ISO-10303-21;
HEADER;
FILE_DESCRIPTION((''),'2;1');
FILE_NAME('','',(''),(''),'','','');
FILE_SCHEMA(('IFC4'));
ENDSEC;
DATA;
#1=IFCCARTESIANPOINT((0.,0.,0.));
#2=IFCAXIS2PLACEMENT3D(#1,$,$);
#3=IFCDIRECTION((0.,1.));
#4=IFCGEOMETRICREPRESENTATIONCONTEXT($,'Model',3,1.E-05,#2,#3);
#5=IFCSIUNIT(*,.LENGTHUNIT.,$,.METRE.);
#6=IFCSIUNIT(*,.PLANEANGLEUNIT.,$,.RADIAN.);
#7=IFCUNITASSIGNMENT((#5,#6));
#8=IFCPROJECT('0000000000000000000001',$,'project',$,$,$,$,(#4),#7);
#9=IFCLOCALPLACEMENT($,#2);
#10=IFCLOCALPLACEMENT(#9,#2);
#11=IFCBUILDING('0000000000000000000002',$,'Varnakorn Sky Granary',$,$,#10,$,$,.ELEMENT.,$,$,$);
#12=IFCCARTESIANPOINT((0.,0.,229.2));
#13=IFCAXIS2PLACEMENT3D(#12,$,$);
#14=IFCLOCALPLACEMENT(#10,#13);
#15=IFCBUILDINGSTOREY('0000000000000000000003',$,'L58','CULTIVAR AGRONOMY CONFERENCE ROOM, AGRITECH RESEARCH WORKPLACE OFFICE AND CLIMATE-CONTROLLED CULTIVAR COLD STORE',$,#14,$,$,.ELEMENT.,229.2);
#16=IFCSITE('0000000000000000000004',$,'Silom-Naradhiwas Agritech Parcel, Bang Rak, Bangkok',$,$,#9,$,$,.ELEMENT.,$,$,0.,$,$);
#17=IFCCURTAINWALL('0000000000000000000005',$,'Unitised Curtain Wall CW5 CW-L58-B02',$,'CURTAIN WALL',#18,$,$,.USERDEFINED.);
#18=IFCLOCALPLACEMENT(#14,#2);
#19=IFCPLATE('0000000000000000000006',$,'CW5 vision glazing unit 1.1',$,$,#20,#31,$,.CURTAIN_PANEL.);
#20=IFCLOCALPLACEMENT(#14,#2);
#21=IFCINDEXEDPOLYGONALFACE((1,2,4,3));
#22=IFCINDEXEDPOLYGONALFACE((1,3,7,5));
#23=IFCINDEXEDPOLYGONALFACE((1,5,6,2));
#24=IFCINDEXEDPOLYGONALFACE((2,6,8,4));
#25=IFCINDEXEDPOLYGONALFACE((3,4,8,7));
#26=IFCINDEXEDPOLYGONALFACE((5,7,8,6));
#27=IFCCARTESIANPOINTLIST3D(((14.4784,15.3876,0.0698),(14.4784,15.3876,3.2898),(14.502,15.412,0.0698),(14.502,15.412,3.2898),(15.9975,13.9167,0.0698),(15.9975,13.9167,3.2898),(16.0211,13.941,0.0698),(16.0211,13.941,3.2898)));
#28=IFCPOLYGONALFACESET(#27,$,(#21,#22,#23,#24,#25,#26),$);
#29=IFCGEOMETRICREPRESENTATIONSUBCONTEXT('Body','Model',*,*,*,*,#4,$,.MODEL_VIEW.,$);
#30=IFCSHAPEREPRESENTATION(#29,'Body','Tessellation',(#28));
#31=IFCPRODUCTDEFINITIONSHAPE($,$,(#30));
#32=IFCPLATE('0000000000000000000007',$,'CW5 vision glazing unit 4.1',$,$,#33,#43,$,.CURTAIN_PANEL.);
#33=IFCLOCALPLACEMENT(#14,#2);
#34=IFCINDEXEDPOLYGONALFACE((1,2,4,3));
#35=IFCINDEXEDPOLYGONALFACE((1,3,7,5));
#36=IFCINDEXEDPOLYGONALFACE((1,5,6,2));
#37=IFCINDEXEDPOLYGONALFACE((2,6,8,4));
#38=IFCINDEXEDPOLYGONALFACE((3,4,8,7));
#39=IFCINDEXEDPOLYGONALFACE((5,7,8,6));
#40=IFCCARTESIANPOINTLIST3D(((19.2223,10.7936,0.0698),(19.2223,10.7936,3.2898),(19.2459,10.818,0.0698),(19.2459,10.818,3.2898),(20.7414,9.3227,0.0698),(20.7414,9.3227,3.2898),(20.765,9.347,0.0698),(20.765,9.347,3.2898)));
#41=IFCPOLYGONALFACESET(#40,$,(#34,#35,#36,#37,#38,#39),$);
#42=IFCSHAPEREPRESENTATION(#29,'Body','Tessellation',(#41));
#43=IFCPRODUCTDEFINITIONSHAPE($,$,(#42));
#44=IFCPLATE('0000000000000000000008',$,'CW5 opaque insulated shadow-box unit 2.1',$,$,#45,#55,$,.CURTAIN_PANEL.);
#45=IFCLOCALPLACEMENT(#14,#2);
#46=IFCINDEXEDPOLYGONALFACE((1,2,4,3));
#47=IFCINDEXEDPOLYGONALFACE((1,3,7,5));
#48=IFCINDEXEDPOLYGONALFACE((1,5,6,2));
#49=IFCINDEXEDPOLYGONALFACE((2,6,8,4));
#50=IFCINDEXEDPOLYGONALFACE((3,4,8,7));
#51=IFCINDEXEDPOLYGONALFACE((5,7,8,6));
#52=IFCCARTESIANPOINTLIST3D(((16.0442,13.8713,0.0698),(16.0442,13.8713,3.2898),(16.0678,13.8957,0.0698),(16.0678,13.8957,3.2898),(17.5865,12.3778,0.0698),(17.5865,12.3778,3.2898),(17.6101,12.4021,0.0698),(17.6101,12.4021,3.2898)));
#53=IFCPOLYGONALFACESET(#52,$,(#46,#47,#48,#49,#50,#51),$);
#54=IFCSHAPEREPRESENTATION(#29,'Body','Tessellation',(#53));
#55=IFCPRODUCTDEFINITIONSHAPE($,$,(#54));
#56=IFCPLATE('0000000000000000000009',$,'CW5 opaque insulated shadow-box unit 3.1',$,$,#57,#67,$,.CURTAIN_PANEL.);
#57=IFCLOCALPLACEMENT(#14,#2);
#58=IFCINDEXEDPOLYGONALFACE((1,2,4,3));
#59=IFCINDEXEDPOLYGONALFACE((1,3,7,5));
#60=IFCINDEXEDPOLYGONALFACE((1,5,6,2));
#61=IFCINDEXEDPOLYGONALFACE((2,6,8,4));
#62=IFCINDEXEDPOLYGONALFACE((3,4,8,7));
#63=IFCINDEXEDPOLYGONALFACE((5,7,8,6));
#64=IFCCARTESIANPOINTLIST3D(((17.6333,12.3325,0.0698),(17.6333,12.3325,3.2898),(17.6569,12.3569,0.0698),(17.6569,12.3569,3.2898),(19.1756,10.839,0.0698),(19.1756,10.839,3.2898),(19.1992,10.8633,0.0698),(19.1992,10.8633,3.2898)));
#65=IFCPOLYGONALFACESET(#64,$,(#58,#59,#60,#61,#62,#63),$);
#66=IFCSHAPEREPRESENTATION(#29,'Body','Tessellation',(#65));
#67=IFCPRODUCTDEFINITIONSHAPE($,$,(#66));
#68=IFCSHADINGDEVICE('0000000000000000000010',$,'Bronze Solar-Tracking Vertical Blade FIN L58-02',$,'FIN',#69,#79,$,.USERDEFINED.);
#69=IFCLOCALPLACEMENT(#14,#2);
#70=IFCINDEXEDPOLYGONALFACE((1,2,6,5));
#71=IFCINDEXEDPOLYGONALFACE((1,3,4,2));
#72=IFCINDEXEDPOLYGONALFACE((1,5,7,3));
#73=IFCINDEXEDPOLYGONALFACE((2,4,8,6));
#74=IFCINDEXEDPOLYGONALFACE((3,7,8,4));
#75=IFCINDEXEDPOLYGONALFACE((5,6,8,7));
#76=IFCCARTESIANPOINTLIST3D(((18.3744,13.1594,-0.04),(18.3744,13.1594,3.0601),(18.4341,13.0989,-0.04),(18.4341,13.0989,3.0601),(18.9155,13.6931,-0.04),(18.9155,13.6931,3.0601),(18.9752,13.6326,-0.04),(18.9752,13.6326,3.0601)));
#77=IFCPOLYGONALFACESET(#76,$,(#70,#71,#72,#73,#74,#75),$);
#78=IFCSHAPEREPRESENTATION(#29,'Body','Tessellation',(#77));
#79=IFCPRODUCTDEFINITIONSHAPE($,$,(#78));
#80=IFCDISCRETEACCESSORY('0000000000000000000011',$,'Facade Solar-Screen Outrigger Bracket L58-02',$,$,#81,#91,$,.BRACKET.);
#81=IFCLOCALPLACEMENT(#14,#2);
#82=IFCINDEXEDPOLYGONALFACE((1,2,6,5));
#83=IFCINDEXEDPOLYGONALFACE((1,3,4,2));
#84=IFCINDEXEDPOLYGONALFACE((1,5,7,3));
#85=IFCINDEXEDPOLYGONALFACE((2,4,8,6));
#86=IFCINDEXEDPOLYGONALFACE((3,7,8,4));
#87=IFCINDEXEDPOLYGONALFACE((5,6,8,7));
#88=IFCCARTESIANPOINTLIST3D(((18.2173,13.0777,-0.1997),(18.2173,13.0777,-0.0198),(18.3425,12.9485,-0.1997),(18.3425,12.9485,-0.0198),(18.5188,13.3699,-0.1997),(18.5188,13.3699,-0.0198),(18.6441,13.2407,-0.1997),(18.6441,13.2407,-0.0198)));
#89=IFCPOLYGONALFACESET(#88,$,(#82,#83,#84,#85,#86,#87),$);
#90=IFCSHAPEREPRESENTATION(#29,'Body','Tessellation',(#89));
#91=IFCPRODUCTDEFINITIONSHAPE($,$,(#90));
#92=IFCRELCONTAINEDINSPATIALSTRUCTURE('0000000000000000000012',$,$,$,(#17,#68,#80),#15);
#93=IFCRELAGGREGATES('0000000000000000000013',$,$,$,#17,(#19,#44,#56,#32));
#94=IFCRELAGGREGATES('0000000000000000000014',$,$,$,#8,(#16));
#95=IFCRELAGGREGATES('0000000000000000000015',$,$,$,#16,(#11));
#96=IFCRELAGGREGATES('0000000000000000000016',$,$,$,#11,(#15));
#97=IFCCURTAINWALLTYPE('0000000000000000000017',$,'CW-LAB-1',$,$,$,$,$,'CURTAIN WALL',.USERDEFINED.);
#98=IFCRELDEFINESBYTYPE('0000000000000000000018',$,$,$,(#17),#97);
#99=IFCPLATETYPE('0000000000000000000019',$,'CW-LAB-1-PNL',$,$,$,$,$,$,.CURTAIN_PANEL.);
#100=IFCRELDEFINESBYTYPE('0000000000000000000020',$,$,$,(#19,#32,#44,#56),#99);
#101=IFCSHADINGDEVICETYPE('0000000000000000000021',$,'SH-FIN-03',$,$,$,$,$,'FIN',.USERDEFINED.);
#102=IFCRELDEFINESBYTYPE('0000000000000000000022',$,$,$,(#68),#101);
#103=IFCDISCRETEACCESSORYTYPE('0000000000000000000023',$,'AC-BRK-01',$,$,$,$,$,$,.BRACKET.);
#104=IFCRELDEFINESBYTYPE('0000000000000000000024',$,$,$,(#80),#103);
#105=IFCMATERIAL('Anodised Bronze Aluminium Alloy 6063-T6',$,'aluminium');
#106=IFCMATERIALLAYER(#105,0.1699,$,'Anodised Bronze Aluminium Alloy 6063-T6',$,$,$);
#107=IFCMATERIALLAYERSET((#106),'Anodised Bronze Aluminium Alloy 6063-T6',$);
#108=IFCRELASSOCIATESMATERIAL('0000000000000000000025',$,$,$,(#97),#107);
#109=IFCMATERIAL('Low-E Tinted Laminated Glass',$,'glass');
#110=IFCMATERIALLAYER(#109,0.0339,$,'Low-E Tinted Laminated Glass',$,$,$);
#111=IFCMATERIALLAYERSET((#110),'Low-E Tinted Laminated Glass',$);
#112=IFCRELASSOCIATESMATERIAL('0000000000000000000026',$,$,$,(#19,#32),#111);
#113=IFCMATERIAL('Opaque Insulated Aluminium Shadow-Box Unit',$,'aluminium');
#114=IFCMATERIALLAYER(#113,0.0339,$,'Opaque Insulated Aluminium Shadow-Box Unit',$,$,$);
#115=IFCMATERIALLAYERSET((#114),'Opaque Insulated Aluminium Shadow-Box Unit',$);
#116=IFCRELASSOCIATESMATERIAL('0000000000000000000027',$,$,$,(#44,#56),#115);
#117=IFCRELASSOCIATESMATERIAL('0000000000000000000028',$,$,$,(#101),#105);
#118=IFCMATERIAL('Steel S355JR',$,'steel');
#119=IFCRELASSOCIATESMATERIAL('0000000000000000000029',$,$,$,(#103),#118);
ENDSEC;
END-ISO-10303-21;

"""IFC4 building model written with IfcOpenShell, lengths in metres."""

from ifc_helpers import new_model, si_unit, direction, frame, origin, origin_2d, place, context, subcontext, project, spatial, rectangle, extrude, source, transform, mapped, material, layer, layer_set, type_object, type_shapes, element, aggregate, save


model = new_model("IFC4")

# Units and contexts
model_context = context("Model", 3, precision=1e-05, world=origin(), true_north=direction((0.0, 1.0)))
body_context = subcontext(model_context, "Body", "Model", "MODEL_VIEW")
ifc_project = project(units=[si_unit("LENGTHUNIT", "METRE"), si_unit("PLANEANGLEUNIT", "RADIAN")], contexts=[model_context])

# Site, building, storey
site_placement = place(None, origin())
site = spatial("IfcSite", under=ifc_project, at=site_placement, Name="Silom-Naradhiwas Agritech Parcel, Bang Rak, Bangkok", CompositionType="ELEMENT", RefElevation=0.0)
building_placement = place(site_placement, origin())
building = spatial("IfcBuilding", under=site, at=building_placement, Name="Varnakorn Sky Granary", CompositionType="ELEMENT")
storey_placement = place(building_placement, frame((0.0, 0.0, 229.2)))
storey = spatial("IfcBuildingStorey", under=building, at=storey_placement, Name="L58", Description="CULTIVAR AGRONOMY CONFERENCE ROOM, AGRITECH RESEARCH WORKPLACE OFFICE AND CLIMATE-CONTROLLED CULTIVAR COLD STORE", CompositionType="ELEMENT", Elevation=229.2)

# Shared definitions
ifc_material_1 = material(Name="Steel S355JR", Category="steel")

# Curtain wall
ifc_material_2 = material(Name="Anodised Bronze Aluminium Alloy 6063-T6", Category="aluminium")
ifc_layer_1 = layer(ifc_material_2, 0.1699, Name="Anodised Bronze Aluminium Alloy 6063-T6")
ifc_layer_set_1 = layer_set([ifc_layer_1], Name="Anodised Bronze Aluminium Alloy 6063-T6")
curtain_wall_type = type_object("IfcCurtainWallType", Name="CW-LAB-1", ElementType="CURTAIN WALL", PredefinedType="USERDEFINED", material=ifc_layer_set_1)
curtain_wall_placement = place(storey_placement, origin())
curtain_wall = element("IfcCurtainWall", 1, at=curtain_wall_placement, inside=storey, type_object=curtain_wall_type, Name="Unitised Curtain Wall CW5 CW-L58-B02", ObjectType="CURTAIN WALL", PredefinedType="USERDEFINED")

# Plates
ifc_material_3 = material(Name="Low-E Tinted Laminated Glass", Category="glass")
ifc_layer_2 = layer(ifc_material_3, 0.0339, Name="Low-E Tinted Laminated Glass")
ifc_layer_set_2 = layer_set([ifc_layer_2], Name="Low-E Tinted Laminated Glass")
plate_type = type_object("IfcPlateType", Name="CW-LAB-1-PNL", PredefinedType="CURTAIN_PANEL")
shared_shape_1 = source(origin(), body_context, "Body", "SweptSolid", [
    extrude(rectangle(XDim=2.1145, YDim=0.0339, at=origin_2d()), origin(), (0.0, 0.0, 1.0), 3.22),
])
plate_1_placement = place(storey_placement, frame((15.2498, 14.6643, 0.0698), z_axis=(0.0, 0.0, 1.0), x_axis=(0.71839, -0.69564, 0.0)))
plate_1 = element("IfcPlate", 2, at=plate_1_placement, type_object=plate_type, material=ifc_layer_set_2, Name="CW5 vision glazing unit 1.1", PredefinedType="CURTAIN_PANEL", context=body_context, shape_type="MappedRepresentation", body=[
    mapped(shared_shape_1, transform((0.0, 0.0, 0.0), x_axis=(1.0, 0.0, 0.0), y_axis=(0.0, 1.0, 0.0), z_axis=(0.0, 0.0, 1.0), scale=1.0)),
])
plate_2_placement = place(storey_placement, frame((19.9937, 10.0703, 0.0698), z_axis=(0.0, 0.0, 1.0), x_axis=(0.71839, -0.69564, 0.0)))
plate_2 = element("IfcPlate", 3, at=plate_2_placement, type_object=plate_type, material=ifc_layer_set_2, Name="CW5 vision glazing unit 4.1", PredefinedType="CURTAIN_PANEL", context=body_context, shape_type="MappedRepresentation", body=[
    mapped(shared_shape_1, transform((0.0, 0.0, 0.0), x_axis=(1.0, 0.0, 0.0), y_axis=(0.0, 1.0, 0.0), z_axis=(0.0, 0.0, 1.0), scale=1.0)),
])
ifc_material_4 = material(Name="Opaque Insulated Aluminium Shadow-Box Unit", Category="aluminium")
ifc_layer_3 = layer(ifc_material_4, 0.0339, Name="Opaque Insulated Aluminium Shadow-Box Unit")
ifc_layer_set_3 = layer_set([ifc_layer_3], Name="Opaque Insulated Aluminium Shadow-Box Unit")
shared_shape_2 = source(origin(), body_context, "Body", "SweptSolid", [
    extrude(rectangle(XDim=2.147, YDim=0.0339, at=origin_2d()), origin(), (0.0, 0.0, 1.0), 3.22),
])
type_shapes(plate_type, [shared_shape_1, shared_shape_2])
plate_3_placement = place(storey_placement, frame((16.8271, 13.1367, 0.0698), z_axis=(0.0, 0.0, 1.0), x_axis=(0.71839, -0.69564, 0.0)))
plate_3 = element("IfcPlate", 4, at=plate_3_placement, type_object=plate_type, material=ifc_layer_set_3, Name="CW5 opaque insulated shadow-box unit 2.1", PredefinedType="CURTAIN_PANEL", context=body_context, shape_type="MappedRepresentation", body=[
    mapped(shared_shape_2, transform((0.0, 0.0, 0.0), x_axis=(1.0, 0.0, 0.0), y_axis=(0.0, 1.0, 0.0), z_axis=(0.0, 0.0, 1.0), scale=1.0)),
])
plate_4_placement = place(storey_placement, frame((18.4163, 11.5979, 0.0698), z_axis=(0.0, 0.0, 1.0), x_axis=(0.71839, -0.69564, 0.0)))
plate_4 = element("IfcPlate", 5, at=plate_4_placement, type_object=plate_type, material=ifc_layer_set_3, Name="CW5 opaque insulated shadow-box unit 3.1", PredefinedType="CURTAIN_PANEL", context=body_context, shape_type="MappedRepresentation", body=[
    mapped(shared_shape_2, transform((0.0, 0.0, 0.0), x_axis=(1.0, 0.0, 0.0), y_axis=(0.0, 1.0, 0.0), z_axis=(0.0, 0.0, 1.0), scale=1.0)),
])
aggregate(curtain_wall, [plate_1, plate_3, plate_4, plate_2])

# Shading device
shading_device_type = type_object("IfcShadingDeviceType", Name="SH-FIN-03", ElementType="FIN", PredefinedType="USERDEFINED", material=ifc_material_2)
shared_shape_3 = source(origin(), body_context, "Body", "SweptSolid", [
    extrude(rectangle(XDim=0.085, YDim=0.76, at=origin_2d()), origin(), (0.0, 0.0, 1.0), 3.1001),
])
type_shapes(shading_device_type, [shared_shape_3])
shading_device_placement = place(storey_placement, frame((18.6748, 13.396, -0.04), z_axis=(0.0, 0.0, 1.0), x_axis=(-0.702171, 0.712009, 0.0)))
element("IfcShadingDevice", 6, at=shading_device_placement, inside=storey, type_object=shading_device_type, Name="Bronze Solar-Tracking Vertical Blade FIN L58-02", ObjectType="FIN", PredefinedType="USERDEFINED", context=body_context, shape_type="MappedRepresentation", body=[
    mapped(shared_shape_3, transform((0.0, 0.0, 0.0), x_axis=(1.0, 0.0, 0.0), y_axis=(0.0, 1.0, 0.0), z_axis=(0.0, 0.0, 1.0), scale=1.0)),
])

# Discrete accessory
discrete_accessory_type = type_object("IfcDiscreteAccessoryType", Name="AC-BRK-01", PredefinedType="BRACKET", material=ifc_material_1)
shared_shape_4 = source(origin(), body_context, "Body", "SweptSolid", [
    extrude(rectangle(XDim=0.1799, YDim=0.4199, at=origin_2d()), origin(), (0.0, 0.0, 1.0), 0.1799),
])
type_shapes(discrete_accessory_type, [shared_shape_4])
discrete_accessory_placement = place(storey_placement, frame((18.4307, 13.1592, -0.1997), z_axis=(0.0, 0.0, 1.0), x_axis=(-0.69588, 0.718158, 0.0)))
element("IfcDiscreteAccessory", 7, at=discrete_accessory_placement, inside=storey, type_object=discrete_accessory_type, Name="Facade Solar-Screen Outrigger Bracket L58-02", PredefinedType="BRACKET", context=body_context, shape_type="MappedRepresentation", body=[
    mapped(shared_shape_4, transform((0.0, 0.0, 0.0), x_axis=(1.0, 0.0, 0.0), y_axis=(0.0, 1.0, 0.0), z_axis=(0.0, 0.0, 1.0), scale=1.0)),
])

save(model, "model.ifc")
